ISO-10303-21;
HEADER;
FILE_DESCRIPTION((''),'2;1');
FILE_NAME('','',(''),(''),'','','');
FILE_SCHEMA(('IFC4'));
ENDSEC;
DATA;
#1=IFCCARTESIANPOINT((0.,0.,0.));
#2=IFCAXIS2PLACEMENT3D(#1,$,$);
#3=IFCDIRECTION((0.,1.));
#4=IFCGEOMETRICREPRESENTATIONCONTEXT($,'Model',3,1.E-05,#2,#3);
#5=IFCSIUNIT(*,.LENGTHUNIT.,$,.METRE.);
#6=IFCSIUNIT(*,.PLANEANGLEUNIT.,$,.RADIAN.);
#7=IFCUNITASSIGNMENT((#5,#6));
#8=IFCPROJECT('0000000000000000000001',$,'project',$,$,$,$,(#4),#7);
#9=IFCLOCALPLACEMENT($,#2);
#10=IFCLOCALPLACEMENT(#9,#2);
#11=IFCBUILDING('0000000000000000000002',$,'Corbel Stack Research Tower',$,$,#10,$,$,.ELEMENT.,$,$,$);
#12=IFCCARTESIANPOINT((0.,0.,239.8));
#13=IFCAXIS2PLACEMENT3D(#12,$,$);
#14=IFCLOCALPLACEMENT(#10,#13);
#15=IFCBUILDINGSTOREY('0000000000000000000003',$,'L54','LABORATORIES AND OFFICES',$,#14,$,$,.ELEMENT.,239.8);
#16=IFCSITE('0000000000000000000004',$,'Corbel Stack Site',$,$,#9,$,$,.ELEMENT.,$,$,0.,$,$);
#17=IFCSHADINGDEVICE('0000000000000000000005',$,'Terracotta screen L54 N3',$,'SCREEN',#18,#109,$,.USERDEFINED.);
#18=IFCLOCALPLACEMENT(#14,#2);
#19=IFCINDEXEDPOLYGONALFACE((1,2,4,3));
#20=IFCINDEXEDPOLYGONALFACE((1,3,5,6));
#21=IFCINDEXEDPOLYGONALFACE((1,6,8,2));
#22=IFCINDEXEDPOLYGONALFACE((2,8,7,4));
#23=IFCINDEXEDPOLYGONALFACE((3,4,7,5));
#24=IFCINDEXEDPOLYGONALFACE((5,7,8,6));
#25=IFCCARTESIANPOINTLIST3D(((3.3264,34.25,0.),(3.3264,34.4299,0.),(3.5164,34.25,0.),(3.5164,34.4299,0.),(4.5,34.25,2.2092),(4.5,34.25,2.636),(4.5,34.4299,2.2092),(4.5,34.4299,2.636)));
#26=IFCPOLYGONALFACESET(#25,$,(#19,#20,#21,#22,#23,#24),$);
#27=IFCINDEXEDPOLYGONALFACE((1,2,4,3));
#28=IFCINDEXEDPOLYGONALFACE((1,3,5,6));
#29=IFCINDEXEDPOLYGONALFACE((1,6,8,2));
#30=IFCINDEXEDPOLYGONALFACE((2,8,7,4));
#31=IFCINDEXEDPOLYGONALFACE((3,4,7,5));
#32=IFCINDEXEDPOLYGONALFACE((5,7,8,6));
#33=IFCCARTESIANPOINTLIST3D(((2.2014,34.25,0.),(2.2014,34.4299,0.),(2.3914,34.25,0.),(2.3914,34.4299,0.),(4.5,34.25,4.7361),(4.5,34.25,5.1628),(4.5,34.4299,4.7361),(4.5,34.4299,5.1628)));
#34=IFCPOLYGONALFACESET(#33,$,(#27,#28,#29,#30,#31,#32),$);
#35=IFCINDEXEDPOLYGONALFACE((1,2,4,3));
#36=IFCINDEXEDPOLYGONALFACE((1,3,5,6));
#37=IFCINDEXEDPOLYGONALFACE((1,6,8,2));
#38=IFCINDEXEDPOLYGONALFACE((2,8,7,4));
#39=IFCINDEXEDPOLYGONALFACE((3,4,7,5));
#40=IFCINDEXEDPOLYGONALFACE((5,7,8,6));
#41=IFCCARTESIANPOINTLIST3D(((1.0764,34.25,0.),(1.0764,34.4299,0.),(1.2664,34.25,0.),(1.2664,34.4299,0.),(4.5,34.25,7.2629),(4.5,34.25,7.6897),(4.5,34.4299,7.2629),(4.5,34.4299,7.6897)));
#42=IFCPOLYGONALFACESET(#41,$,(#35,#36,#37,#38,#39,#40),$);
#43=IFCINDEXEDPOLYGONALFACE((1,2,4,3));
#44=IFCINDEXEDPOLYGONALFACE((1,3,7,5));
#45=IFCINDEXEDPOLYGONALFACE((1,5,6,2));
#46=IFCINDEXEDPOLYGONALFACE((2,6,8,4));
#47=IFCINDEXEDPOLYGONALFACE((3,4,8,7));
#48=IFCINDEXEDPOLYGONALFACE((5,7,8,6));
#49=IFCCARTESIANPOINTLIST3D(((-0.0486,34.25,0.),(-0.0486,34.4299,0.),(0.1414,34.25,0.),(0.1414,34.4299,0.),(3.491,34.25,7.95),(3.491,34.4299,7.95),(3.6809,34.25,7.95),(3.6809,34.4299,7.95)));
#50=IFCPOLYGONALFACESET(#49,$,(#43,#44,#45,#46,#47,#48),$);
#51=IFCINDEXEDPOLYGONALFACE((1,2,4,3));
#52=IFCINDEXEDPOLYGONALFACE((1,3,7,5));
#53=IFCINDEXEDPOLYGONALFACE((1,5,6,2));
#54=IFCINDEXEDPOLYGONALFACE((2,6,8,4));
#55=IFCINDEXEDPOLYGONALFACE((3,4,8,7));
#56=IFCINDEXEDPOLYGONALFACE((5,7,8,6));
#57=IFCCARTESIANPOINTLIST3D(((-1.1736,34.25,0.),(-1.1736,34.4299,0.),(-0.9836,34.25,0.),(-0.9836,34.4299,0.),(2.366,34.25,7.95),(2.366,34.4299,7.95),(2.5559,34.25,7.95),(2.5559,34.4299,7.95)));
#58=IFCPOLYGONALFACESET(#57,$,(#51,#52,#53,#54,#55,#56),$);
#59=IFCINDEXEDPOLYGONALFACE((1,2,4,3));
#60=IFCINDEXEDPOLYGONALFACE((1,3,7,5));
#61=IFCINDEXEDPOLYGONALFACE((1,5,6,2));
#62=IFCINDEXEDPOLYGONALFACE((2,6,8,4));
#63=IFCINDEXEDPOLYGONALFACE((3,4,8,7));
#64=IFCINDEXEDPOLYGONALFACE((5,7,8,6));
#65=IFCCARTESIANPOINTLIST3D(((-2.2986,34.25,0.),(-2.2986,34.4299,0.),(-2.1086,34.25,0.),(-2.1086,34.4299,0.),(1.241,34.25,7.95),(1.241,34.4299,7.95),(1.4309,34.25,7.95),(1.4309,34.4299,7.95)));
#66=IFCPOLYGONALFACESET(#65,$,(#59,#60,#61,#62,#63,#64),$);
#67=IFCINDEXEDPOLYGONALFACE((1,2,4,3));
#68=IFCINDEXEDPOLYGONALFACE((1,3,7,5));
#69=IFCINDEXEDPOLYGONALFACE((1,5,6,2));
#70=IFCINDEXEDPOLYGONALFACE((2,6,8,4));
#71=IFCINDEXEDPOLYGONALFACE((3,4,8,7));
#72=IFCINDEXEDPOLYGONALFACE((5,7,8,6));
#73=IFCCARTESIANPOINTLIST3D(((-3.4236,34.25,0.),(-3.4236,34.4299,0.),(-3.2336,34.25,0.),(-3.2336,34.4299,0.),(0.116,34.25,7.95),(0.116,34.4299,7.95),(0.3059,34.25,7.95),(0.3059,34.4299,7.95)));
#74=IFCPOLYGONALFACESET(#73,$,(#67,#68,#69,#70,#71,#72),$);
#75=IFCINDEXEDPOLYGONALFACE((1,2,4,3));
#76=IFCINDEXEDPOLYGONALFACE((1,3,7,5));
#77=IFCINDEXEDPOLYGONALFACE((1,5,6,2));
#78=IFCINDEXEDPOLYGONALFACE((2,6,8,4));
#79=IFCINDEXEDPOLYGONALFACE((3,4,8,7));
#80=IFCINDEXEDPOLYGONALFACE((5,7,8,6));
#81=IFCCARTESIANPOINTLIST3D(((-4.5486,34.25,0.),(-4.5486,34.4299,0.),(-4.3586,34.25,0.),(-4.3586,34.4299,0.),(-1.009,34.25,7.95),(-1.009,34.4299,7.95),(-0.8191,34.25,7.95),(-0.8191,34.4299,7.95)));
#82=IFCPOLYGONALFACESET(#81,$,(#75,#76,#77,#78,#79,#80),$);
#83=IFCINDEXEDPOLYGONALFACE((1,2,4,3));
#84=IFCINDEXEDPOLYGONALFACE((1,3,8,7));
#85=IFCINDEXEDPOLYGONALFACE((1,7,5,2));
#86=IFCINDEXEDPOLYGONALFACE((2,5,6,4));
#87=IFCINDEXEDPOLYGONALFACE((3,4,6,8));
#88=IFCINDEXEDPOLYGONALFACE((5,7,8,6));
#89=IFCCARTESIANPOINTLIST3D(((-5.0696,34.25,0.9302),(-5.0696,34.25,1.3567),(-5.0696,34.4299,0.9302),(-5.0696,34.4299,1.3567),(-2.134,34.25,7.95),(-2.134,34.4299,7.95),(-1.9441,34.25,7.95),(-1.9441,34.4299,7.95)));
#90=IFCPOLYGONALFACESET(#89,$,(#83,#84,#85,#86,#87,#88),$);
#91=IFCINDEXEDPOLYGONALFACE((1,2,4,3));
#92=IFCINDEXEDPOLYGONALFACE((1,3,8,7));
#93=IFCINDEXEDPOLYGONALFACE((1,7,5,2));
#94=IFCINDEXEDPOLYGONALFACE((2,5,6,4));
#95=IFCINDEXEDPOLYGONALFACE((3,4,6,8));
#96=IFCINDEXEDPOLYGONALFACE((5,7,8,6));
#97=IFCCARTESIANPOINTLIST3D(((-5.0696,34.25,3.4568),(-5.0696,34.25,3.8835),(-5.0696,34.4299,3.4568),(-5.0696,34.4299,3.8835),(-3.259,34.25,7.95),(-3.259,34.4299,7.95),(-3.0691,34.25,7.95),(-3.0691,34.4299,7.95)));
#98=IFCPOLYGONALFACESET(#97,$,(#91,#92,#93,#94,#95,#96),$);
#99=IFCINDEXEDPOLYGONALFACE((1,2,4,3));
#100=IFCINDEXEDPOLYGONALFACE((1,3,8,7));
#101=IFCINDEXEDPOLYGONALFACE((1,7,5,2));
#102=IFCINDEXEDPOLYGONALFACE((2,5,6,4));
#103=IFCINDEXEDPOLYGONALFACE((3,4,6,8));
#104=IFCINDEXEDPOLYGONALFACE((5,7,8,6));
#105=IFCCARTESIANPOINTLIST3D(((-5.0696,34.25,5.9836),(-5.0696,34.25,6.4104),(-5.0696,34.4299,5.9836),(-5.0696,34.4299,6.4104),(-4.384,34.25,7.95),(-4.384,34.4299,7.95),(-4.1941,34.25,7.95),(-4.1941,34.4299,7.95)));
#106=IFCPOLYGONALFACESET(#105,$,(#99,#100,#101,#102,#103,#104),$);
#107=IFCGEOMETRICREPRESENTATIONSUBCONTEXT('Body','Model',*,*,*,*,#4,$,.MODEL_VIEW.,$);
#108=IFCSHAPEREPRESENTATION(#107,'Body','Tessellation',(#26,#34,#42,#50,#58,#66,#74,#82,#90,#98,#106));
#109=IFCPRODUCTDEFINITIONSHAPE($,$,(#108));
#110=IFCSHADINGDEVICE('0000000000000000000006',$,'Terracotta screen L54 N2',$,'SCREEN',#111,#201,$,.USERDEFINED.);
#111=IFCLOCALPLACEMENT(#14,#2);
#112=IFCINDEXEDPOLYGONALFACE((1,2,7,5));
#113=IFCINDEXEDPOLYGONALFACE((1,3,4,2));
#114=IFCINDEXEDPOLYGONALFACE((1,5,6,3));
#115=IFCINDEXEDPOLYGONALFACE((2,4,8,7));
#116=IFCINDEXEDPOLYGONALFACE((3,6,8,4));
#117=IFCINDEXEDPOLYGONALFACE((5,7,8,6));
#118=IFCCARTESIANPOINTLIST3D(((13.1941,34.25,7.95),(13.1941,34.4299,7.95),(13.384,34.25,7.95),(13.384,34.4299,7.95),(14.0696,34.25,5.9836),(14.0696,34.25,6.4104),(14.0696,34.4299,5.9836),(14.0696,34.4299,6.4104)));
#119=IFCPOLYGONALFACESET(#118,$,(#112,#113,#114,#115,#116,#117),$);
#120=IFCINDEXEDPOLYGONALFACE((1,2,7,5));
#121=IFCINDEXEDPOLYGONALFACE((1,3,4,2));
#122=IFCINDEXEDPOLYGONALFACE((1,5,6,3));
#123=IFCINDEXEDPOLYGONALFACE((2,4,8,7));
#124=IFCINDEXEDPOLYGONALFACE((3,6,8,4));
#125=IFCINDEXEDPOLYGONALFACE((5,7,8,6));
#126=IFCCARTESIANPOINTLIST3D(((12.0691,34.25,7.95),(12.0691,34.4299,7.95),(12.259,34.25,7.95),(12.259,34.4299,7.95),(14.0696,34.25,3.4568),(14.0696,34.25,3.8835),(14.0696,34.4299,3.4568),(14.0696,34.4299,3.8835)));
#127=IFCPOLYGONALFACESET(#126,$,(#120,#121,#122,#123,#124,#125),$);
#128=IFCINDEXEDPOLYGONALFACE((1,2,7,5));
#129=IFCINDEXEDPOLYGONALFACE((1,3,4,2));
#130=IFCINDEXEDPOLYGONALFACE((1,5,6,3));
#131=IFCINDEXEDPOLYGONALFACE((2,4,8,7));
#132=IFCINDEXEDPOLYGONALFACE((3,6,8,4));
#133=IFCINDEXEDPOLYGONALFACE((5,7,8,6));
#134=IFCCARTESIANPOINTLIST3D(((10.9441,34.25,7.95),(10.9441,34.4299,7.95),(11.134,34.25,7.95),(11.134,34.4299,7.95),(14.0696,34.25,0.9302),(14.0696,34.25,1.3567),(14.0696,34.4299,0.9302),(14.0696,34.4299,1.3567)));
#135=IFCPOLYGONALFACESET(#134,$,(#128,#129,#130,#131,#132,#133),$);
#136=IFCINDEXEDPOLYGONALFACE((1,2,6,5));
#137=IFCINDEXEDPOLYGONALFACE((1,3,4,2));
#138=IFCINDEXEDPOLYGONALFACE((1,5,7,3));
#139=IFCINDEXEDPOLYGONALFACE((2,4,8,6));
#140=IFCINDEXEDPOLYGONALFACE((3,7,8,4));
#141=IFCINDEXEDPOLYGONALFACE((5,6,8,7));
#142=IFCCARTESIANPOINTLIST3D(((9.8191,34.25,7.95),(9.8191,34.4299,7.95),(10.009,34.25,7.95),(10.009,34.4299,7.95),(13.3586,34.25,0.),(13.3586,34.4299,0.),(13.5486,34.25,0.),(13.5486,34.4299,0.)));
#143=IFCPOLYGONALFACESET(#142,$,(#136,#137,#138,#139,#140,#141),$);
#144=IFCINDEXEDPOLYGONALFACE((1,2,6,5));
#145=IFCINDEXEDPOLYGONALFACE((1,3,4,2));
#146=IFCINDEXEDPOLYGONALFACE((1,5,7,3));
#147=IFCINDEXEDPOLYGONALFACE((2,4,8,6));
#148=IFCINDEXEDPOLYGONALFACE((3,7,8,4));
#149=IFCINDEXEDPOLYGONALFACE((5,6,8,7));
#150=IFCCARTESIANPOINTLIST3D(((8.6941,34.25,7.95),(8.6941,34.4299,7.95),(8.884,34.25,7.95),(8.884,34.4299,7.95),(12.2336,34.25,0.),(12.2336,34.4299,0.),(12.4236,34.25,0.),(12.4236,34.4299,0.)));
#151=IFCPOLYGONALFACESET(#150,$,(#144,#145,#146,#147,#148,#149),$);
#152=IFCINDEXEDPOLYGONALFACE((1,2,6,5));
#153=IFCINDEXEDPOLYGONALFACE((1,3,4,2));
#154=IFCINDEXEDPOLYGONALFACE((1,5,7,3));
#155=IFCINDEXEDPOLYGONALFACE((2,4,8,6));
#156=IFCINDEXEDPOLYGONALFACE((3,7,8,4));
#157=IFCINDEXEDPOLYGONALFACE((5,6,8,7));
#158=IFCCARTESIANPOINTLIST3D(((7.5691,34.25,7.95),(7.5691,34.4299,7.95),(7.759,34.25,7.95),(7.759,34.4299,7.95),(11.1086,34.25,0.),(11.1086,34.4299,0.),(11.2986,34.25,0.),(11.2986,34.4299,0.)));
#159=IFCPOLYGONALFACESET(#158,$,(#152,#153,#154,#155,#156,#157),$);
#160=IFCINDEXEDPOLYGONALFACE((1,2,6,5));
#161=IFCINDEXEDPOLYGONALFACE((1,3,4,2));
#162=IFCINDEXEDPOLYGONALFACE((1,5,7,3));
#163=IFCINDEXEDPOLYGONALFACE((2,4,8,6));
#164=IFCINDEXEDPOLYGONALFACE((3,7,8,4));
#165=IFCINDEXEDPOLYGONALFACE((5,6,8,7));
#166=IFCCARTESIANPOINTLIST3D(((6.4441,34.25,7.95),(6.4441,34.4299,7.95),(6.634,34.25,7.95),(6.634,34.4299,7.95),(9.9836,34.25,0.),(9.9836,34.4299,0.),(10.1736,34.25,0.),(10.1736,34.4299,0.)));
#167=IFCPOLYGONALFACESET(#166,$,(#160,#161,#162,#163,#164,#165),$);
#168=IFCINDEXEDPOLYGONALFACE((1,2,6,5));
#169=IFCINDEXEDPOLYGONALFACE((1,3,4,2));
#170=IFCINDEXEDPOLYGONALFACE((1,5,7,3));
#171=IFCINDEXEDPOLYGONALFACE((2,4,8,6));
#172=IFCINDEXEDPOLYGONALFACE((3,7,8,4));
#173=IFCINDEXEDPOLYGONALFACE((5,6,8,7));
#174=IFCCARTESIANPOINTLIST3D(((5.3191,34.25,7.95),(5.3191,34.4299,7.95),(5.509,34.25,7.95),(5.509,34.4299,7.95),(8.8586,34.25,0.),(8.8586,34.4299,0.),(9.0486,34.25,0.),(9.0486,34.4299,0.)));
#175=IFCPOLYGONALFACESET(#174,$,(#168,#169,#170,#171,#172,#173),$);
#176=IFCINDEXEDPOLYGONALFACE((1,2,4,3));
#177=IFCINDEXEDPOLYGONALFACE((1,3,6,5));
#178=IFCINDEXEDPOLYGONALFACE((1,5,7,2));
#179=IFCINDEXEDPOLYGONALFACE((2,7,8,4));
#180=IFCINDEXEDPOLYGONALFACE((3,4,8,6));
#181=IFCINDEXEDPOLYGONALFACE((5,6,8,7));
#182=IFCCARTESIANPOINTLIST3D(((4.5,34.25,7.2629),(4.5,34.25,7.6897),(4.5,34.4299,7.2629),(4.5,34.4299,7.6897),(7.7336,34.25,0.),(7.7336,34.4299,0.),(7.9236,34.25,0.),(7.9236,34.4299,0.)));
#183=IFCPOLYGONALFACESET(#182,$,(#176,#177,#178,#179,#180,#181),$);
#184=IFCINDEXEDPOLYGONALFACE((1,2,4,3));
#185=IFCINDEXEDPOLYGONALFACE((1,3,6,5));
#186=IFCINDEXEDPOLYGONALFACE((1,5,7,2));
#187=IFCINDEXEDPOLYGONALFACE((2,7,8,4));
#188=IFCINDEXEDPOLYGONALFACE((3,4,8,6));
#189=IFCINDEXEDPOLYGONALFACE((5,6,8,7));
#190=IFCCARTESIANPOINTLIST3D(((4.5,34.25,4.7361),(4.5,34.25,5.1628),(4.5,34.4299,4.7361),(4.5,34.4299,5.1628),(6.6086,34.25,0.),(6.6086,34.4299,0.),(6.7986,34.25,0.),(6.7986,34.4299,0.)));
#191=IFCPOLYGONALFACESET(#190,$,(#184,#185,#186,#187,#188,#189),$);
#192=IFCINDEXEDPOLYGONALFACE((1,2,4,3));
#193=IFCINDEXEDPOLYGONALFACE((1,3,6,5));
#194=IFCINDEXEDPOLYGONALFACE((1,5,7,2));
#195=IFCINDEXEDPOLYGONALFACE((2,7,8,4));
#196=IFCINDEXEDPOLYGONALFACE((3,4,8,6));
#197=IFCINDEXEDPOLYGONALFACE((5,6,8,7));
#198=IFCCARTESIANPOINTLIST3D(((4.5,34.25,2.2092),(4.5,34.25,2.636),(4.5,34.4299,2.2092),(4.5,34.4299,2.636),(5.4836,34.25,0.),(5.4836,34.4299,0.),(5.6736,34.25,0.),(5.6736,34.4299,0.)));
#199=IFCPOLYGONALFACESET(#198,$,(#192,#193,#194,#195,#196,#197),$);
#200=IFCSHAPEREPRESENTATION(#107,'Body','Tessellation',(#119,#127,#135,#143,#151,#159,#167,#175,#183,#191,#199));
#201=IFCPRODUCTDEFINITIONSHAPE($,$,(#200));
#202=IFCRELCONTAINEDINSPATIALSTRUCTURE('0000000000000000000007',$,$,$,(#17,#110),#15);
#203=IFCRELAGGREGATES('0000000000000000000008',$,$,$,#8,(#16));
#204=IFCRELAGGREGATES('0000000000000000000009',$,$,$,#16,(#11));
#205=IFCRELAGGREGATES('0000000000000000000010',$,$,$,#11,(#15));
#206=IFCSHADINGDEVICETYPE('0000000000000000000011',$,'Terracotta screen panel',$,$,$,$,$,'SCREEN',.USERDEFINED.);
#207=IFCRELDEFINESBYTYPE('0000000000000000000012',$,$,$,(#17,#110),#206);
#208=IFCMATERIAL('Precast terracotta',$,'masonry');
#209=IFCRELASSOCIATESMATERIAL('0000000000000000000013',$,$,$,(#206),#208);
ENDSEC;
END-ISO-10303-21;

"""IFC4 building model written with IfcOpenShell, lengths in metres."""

from ifc_helpers import new_model, si_unit, direction, frame, origin, place, context, subcontext, project, spatial, polyline, outline, extrude, source, transform, mapped, material, type_object, element, save


model = new_model("IFC4")

# Units and contexts
model_context = context("Model", 3, precision=1e-05, world=origin(), true_north=direction((0.0, 1.0)))
body_context = subcontext(model_context, "Body", "Model", "MODEL_VIEW")
ifc_project = project(units=[si_unit("LENGTHUNIT", "METRE"), si_unit("PLANEANGLEUNIT", "RADIAN")], contexts=[model_context])

# Site, building, storey
site_placement = place(None, origin())
site = spatial("IfcSite", under=ifc_project, at=site_placement, Name="Corbel Stack Site", CompositionType="ELEMENT", RefElevation=0.0)
building_placement = place(site_placement, origin())
building = spatial("IfcBuilding", under=site, at=building_placement, Name="Corbel Stack Research Tower", CompositionType="ELEMENT")
storey_placement = place(building_placement, frame((0.0, 0.0, 239.8)))
storey = spatial("IfcBuildingStorey", under=building, at=storey_placement, Name="L54", Description="LABORATORIES AND OFFICES", CompositionType="ELEMENT", Elevation=239.8)

# Shading devices
ifc_material_1 = material(Name="Precast terracotta", Category="masonry")
shading_device_type = type_object("IfcShadingDeviceType", Name="Terracotta screen panel", ElementType="SCREEN", PredefinedType="USERDEFINED", material=ifc_material_1)
shared_shape_1 = source(origin(), body_context, "Body", "SweptSolid", [
    extrude(outline(polyline([(1.1736, 0.0), (0.0, 2.636), (0.0, 2.2092), (0.9836, 0.0), (1.1736, 0.0)])), frame((0.0, 0.0, 0.0), z_axis=(0.0, -1.0, 0.0), x_axis=(1.0, 0.0, 0.0)), (0.0, 0.0, 1.0), 0.1799),
    extrude(outline(polyline([(2.2986, 0.0), (0.0, 5.1628), (0.0, 4.7361), (2.1086, 0.0), (2.2986, 0.0)])), frame((0.0, 0.0, 0.0), z_axis=(0.0, -1.0, 0.0), x_axis=(1.0, 0.0, 0.0)), (0.0, 0.0, 1.0), 0.1799),
    extrude(outline(polyline([(3.4236, 0.0), (0.0, 7.6897), (0.0, 7.2629), (3.2336, 0.0), (3.4236, 0.0)])), frame((0.0, 0.0, 0.0), z_axis=(0.0, -1.0, 0.0), x_axis=(1.0, 0.0, 0.0)), (0.0, 0.0, 1.0), 0.1799),
    extrude(outline(polyline([(4.5486, 0.0), (1.009, 7.95), (0.8191, 7.95), (4.3586, 0.0), (4.5486, 0.0)])), frame((0.0, 0.0, 0.0), z_axis=(0.0, -1.0, 0.0), x_axis=(1.0, 0.0, 0.0)), (0.0, 0.0, 1.0), 0.1799),
    extrude(outline(polyline([(5.6736, 0.0), (2.134, 7.95), (1.9441, 7.95), (5.4836, 0.0), (5.6736, 0.0)])), frame((0.0, 0.0, 0.0), z_axis=(0.0, -1.0, 0.0), x_axis=(1.0, 0.0, 0.0)), (0.0, 0.0, 1.0), 0.1799),
    extrude(outline(polyline([(6.7986, 0.0), (3.259, 7.95), (3.0691, 7.95), (6.6086, 0.0), (6.7986, 0.0)])), frame((0.0, 0.0, 0.0), z_axis=(0.0, -1.0, 0.0), x_axis=(1.0, 0.0, 0.0)), (0.0, 0.0, 1.0), 0.1799),
    extrude(outline(polyline([(7.9236, 0.0), (4.384, 7.95), (4.1941, 7.95), (7.7336, 0.0), (7.9236, 0.0)])), frame((0.0, 0.0, 0.0), z_axis=(0.0, -1.0, 0.0), x_axis=(1.0, 0.0, 0.0)), (0.0, 0.0, 1.0), 0.1799),
    extrude(outline(polyline([(9.0486, 0.0), (5.509, 7.95), (5.3191, 7.95), (8.8586, 0.0), (9.0486, 0.0)])), frame((0.0, 0.0, 0.0), z_axis=(0.0, -1.0, 0.0), x_axis=(1.0, 0.0, 0.0)), (0.0, 0.0, 1.0), 0.1799),
    extrude(outline(polyline([(6.634, 7.95), (6.4441, 7.95), (9.5696, 0.9302), (9.5696, 1.3567), (6.634, 7.95)])), frame((0.0, 0.0, 0.0), z_axis=(0.0, -1.0, 0.0), x_axis=(1.0, 0.0, 0.0)), (0.0, 0.0, 1.0), 0.1799),
    extrude(outline(polyline([(7.759, 7.95), (7.5691, 7.95), (9.5696, 3.4568), (9.5696, 3.8835), (7.759, 7.95)])), frame((0.0, 0.0, 0.0), z_axis=(0.0, -1.0, 0.0), x_axis=(1.0, 0.0, 0.0)), (0.0, 0.0, 1.0), 0.1799),
    extrude(outline(polyline([(8.884, 7.95), (8.6941, 7.95), (9.5696, 5.9836), (9.5696, 6.4104), (8.884, 7.95)])), frame((0.0, 0.0, 0.0), z_axis=(0.0, -1.0, 0.0), x_axis=(1.0, 0.0, 0.0)), (0.0, 0.0, 1.0), 0.1799),
])
shading_device_1_placement = place(storey_placement, frame((4.5, 34.25, 0.0), z_axis=(0.0, 0.0, 1.0), x_axis=(-1.0, 0.0, 0.0)))
element("IfcShadingDevice", 1, at=shading_device_1_placement, inside=storey, type_object=shading_device_type, Name="Terracotta screen L54 N3", ObjectType="SCREEN", PredefinedType="USERDEFINED", context=body_context, shape_type="MappedRepresentation", body=[
    mapped(shared_shape_1, transform((0.0, 0.0, 0.0))),
])
shared_shape_2 = source(origin(), body_context, "Body", "SweptSolid", [
    extrude(outline(polyline([(0.8755, 7.95), (0.6855, 7.95), (0.0, 6.4104), (0.0, 5.9836), (0.8755, 7.95)])), frame((0.0, 0.0, 0.0), z_axis=(0.0, -1.0, 0.0), x_axis=(1.0, 0.0, 0.0)), (0.0, 0.0, 1.0), 0.1799),
    extrude(outline(polyline([(2.0005, 7.95), (1.8105, 7.95), (0.0, 3.8835), (0.0, 3.4568), (2.0005, 7.95)])), frame((0.0, 0.0, 0.0), z_axis=(0.0, -1.0, 0.0), x_axis=(1.0, 0.0, 0.0)), (0.0, 0.0, 1.0), 0.1799),
    extrude(outline(polyline([(3.1255, 7.95), (2.9355, 7.95), (0.0, 1.3567), (0.0, 0.9302), (3.1255, 7.95)])), frame((0.0, 0.0, 0.0), z_axis=(0.0, -1.0, 0.0), x_axis=(1.0, 0.0, 0.0)), (0.0, 0.0, 1.0), 0.1799),
    extrude(outline(polyline([(0.7109, 0.0), (4.2505, 7.95), (4.0605, 7.95), (0.521, 0.0), (0.7109, 0.0)])), frame((0.0, 0.0, 0.0), z_axis=(0.0, -1.0, 0.0), x_axis=(1.0, 0.0, 0.0)), (0.0, 0.0, 1.0), 0.1799),
    extrude(outline(polyline([(1.8359, 0.0), (5.3755, 7.95), (5.1855, 7.95), (1.646, 0.0), (1.8359, 0.0)])), frame((0.0, 0.0, 0.0), z_axis=(0.0, -1.0, 0.0), x_axis=(1.0, 0.0, 0.0)), (0.0, 0.0, 1.0), 0.1799),
    extrude(outline(polyline([(2.9609, 0.0), (6.5005, 7.95), (6.3105, 7.95), (2.771, 0.0), (2.9609, 0.0)])), frame((0.0, 0.0, 0.0), z_axis=(0.0, -1.0, 0.0), x_axis=(1.0, 0.0, 0.0)), (0.0, 0.0, 1.0), 0.1799),
    extrude(outline(polyline([(4.0859, 0.0), (7.6255, 7.95), (7.4355, 7.95), (3.896, 0.0), (4.0859, 0.0)])), frame((0.0, 0.0, 0.0), z_axis=(0.0, -1.0, 0.0), x_axis=(1.0, 0.0, 0.0)), (0.0, 0.0, 1.0), 0.1799),
    extrude(outline(polyline([(5.2109, 0.0), (8.7505, 7.95), (8.5605, 7.95), (5.021, 0.0), (5.2109, 0.0)])), frame((0.0, 0.0, 0.0), z_axis=(0.0, -1.0, 0.0), x_axis=(1.0, 0.0, 0.0)), (0.0, 0.0, 1.0), 0.1799),
    extrude(outline(polyline([(6.3359, 0.0), (9.5696, 7.2629), (9.5696, 7.6897), (6.146, 0.0), (6.3359, 0.0)])), frame((0.0, 0.0, 0.0), z_axis=(0.0, -1.0, 0.0), x_axis=(1.0, 0.0, 0.0)), (0.0, 0.0, 1.0), 0.1799),
    extrude(outline(polyline([(7.4609, 0.0), (9.5696, 4.7361), (9.5696, 5.1628), (7.271, 0.0), (7.4609, 0.0)])), frame((0.0, 0.0, 0.0), z_axis=(0.0, -1.0, 0.0), x_axis=(1.0, 0.0, 0.0)), (0.0, 0.0, 1.0), 0.1799),
    extrude(outline(polyline([(8.5859, 0.0), (9.5696, 2.2092), (9.5696, 2.636), (8.396, 0.0), (8.5859, 0.0)])), frame((0.0, 0.0, 0.0), z_axis=(0.0, -1.0, 0.0), x_axis=(1.0, 0.0, 0.0)), (0.0, 0.0, 1.0), 0.1799),
])
shading_device_2_placement = place(storey_placement, frame((14.0696, 34.25, 0.0), z_axis=(0.0, 0.0, 1.0), x_axis=(-1.0, 0.0, 0.0)))
element("IfcShadingDevice", 2, at=shading_device_2_placement, inside=storey, type_object=shading_device_type, Name="Terracotta screen L54 N2", ObjectType="SCREEN", PredefinedType="USERDEFINED", context=body_context, shape_type="MappedRepresentation", body=[
    mapped(shared_shape_2, transform((0.0, 0.0, 0.0))),
])

save(model, "model.ifc")
